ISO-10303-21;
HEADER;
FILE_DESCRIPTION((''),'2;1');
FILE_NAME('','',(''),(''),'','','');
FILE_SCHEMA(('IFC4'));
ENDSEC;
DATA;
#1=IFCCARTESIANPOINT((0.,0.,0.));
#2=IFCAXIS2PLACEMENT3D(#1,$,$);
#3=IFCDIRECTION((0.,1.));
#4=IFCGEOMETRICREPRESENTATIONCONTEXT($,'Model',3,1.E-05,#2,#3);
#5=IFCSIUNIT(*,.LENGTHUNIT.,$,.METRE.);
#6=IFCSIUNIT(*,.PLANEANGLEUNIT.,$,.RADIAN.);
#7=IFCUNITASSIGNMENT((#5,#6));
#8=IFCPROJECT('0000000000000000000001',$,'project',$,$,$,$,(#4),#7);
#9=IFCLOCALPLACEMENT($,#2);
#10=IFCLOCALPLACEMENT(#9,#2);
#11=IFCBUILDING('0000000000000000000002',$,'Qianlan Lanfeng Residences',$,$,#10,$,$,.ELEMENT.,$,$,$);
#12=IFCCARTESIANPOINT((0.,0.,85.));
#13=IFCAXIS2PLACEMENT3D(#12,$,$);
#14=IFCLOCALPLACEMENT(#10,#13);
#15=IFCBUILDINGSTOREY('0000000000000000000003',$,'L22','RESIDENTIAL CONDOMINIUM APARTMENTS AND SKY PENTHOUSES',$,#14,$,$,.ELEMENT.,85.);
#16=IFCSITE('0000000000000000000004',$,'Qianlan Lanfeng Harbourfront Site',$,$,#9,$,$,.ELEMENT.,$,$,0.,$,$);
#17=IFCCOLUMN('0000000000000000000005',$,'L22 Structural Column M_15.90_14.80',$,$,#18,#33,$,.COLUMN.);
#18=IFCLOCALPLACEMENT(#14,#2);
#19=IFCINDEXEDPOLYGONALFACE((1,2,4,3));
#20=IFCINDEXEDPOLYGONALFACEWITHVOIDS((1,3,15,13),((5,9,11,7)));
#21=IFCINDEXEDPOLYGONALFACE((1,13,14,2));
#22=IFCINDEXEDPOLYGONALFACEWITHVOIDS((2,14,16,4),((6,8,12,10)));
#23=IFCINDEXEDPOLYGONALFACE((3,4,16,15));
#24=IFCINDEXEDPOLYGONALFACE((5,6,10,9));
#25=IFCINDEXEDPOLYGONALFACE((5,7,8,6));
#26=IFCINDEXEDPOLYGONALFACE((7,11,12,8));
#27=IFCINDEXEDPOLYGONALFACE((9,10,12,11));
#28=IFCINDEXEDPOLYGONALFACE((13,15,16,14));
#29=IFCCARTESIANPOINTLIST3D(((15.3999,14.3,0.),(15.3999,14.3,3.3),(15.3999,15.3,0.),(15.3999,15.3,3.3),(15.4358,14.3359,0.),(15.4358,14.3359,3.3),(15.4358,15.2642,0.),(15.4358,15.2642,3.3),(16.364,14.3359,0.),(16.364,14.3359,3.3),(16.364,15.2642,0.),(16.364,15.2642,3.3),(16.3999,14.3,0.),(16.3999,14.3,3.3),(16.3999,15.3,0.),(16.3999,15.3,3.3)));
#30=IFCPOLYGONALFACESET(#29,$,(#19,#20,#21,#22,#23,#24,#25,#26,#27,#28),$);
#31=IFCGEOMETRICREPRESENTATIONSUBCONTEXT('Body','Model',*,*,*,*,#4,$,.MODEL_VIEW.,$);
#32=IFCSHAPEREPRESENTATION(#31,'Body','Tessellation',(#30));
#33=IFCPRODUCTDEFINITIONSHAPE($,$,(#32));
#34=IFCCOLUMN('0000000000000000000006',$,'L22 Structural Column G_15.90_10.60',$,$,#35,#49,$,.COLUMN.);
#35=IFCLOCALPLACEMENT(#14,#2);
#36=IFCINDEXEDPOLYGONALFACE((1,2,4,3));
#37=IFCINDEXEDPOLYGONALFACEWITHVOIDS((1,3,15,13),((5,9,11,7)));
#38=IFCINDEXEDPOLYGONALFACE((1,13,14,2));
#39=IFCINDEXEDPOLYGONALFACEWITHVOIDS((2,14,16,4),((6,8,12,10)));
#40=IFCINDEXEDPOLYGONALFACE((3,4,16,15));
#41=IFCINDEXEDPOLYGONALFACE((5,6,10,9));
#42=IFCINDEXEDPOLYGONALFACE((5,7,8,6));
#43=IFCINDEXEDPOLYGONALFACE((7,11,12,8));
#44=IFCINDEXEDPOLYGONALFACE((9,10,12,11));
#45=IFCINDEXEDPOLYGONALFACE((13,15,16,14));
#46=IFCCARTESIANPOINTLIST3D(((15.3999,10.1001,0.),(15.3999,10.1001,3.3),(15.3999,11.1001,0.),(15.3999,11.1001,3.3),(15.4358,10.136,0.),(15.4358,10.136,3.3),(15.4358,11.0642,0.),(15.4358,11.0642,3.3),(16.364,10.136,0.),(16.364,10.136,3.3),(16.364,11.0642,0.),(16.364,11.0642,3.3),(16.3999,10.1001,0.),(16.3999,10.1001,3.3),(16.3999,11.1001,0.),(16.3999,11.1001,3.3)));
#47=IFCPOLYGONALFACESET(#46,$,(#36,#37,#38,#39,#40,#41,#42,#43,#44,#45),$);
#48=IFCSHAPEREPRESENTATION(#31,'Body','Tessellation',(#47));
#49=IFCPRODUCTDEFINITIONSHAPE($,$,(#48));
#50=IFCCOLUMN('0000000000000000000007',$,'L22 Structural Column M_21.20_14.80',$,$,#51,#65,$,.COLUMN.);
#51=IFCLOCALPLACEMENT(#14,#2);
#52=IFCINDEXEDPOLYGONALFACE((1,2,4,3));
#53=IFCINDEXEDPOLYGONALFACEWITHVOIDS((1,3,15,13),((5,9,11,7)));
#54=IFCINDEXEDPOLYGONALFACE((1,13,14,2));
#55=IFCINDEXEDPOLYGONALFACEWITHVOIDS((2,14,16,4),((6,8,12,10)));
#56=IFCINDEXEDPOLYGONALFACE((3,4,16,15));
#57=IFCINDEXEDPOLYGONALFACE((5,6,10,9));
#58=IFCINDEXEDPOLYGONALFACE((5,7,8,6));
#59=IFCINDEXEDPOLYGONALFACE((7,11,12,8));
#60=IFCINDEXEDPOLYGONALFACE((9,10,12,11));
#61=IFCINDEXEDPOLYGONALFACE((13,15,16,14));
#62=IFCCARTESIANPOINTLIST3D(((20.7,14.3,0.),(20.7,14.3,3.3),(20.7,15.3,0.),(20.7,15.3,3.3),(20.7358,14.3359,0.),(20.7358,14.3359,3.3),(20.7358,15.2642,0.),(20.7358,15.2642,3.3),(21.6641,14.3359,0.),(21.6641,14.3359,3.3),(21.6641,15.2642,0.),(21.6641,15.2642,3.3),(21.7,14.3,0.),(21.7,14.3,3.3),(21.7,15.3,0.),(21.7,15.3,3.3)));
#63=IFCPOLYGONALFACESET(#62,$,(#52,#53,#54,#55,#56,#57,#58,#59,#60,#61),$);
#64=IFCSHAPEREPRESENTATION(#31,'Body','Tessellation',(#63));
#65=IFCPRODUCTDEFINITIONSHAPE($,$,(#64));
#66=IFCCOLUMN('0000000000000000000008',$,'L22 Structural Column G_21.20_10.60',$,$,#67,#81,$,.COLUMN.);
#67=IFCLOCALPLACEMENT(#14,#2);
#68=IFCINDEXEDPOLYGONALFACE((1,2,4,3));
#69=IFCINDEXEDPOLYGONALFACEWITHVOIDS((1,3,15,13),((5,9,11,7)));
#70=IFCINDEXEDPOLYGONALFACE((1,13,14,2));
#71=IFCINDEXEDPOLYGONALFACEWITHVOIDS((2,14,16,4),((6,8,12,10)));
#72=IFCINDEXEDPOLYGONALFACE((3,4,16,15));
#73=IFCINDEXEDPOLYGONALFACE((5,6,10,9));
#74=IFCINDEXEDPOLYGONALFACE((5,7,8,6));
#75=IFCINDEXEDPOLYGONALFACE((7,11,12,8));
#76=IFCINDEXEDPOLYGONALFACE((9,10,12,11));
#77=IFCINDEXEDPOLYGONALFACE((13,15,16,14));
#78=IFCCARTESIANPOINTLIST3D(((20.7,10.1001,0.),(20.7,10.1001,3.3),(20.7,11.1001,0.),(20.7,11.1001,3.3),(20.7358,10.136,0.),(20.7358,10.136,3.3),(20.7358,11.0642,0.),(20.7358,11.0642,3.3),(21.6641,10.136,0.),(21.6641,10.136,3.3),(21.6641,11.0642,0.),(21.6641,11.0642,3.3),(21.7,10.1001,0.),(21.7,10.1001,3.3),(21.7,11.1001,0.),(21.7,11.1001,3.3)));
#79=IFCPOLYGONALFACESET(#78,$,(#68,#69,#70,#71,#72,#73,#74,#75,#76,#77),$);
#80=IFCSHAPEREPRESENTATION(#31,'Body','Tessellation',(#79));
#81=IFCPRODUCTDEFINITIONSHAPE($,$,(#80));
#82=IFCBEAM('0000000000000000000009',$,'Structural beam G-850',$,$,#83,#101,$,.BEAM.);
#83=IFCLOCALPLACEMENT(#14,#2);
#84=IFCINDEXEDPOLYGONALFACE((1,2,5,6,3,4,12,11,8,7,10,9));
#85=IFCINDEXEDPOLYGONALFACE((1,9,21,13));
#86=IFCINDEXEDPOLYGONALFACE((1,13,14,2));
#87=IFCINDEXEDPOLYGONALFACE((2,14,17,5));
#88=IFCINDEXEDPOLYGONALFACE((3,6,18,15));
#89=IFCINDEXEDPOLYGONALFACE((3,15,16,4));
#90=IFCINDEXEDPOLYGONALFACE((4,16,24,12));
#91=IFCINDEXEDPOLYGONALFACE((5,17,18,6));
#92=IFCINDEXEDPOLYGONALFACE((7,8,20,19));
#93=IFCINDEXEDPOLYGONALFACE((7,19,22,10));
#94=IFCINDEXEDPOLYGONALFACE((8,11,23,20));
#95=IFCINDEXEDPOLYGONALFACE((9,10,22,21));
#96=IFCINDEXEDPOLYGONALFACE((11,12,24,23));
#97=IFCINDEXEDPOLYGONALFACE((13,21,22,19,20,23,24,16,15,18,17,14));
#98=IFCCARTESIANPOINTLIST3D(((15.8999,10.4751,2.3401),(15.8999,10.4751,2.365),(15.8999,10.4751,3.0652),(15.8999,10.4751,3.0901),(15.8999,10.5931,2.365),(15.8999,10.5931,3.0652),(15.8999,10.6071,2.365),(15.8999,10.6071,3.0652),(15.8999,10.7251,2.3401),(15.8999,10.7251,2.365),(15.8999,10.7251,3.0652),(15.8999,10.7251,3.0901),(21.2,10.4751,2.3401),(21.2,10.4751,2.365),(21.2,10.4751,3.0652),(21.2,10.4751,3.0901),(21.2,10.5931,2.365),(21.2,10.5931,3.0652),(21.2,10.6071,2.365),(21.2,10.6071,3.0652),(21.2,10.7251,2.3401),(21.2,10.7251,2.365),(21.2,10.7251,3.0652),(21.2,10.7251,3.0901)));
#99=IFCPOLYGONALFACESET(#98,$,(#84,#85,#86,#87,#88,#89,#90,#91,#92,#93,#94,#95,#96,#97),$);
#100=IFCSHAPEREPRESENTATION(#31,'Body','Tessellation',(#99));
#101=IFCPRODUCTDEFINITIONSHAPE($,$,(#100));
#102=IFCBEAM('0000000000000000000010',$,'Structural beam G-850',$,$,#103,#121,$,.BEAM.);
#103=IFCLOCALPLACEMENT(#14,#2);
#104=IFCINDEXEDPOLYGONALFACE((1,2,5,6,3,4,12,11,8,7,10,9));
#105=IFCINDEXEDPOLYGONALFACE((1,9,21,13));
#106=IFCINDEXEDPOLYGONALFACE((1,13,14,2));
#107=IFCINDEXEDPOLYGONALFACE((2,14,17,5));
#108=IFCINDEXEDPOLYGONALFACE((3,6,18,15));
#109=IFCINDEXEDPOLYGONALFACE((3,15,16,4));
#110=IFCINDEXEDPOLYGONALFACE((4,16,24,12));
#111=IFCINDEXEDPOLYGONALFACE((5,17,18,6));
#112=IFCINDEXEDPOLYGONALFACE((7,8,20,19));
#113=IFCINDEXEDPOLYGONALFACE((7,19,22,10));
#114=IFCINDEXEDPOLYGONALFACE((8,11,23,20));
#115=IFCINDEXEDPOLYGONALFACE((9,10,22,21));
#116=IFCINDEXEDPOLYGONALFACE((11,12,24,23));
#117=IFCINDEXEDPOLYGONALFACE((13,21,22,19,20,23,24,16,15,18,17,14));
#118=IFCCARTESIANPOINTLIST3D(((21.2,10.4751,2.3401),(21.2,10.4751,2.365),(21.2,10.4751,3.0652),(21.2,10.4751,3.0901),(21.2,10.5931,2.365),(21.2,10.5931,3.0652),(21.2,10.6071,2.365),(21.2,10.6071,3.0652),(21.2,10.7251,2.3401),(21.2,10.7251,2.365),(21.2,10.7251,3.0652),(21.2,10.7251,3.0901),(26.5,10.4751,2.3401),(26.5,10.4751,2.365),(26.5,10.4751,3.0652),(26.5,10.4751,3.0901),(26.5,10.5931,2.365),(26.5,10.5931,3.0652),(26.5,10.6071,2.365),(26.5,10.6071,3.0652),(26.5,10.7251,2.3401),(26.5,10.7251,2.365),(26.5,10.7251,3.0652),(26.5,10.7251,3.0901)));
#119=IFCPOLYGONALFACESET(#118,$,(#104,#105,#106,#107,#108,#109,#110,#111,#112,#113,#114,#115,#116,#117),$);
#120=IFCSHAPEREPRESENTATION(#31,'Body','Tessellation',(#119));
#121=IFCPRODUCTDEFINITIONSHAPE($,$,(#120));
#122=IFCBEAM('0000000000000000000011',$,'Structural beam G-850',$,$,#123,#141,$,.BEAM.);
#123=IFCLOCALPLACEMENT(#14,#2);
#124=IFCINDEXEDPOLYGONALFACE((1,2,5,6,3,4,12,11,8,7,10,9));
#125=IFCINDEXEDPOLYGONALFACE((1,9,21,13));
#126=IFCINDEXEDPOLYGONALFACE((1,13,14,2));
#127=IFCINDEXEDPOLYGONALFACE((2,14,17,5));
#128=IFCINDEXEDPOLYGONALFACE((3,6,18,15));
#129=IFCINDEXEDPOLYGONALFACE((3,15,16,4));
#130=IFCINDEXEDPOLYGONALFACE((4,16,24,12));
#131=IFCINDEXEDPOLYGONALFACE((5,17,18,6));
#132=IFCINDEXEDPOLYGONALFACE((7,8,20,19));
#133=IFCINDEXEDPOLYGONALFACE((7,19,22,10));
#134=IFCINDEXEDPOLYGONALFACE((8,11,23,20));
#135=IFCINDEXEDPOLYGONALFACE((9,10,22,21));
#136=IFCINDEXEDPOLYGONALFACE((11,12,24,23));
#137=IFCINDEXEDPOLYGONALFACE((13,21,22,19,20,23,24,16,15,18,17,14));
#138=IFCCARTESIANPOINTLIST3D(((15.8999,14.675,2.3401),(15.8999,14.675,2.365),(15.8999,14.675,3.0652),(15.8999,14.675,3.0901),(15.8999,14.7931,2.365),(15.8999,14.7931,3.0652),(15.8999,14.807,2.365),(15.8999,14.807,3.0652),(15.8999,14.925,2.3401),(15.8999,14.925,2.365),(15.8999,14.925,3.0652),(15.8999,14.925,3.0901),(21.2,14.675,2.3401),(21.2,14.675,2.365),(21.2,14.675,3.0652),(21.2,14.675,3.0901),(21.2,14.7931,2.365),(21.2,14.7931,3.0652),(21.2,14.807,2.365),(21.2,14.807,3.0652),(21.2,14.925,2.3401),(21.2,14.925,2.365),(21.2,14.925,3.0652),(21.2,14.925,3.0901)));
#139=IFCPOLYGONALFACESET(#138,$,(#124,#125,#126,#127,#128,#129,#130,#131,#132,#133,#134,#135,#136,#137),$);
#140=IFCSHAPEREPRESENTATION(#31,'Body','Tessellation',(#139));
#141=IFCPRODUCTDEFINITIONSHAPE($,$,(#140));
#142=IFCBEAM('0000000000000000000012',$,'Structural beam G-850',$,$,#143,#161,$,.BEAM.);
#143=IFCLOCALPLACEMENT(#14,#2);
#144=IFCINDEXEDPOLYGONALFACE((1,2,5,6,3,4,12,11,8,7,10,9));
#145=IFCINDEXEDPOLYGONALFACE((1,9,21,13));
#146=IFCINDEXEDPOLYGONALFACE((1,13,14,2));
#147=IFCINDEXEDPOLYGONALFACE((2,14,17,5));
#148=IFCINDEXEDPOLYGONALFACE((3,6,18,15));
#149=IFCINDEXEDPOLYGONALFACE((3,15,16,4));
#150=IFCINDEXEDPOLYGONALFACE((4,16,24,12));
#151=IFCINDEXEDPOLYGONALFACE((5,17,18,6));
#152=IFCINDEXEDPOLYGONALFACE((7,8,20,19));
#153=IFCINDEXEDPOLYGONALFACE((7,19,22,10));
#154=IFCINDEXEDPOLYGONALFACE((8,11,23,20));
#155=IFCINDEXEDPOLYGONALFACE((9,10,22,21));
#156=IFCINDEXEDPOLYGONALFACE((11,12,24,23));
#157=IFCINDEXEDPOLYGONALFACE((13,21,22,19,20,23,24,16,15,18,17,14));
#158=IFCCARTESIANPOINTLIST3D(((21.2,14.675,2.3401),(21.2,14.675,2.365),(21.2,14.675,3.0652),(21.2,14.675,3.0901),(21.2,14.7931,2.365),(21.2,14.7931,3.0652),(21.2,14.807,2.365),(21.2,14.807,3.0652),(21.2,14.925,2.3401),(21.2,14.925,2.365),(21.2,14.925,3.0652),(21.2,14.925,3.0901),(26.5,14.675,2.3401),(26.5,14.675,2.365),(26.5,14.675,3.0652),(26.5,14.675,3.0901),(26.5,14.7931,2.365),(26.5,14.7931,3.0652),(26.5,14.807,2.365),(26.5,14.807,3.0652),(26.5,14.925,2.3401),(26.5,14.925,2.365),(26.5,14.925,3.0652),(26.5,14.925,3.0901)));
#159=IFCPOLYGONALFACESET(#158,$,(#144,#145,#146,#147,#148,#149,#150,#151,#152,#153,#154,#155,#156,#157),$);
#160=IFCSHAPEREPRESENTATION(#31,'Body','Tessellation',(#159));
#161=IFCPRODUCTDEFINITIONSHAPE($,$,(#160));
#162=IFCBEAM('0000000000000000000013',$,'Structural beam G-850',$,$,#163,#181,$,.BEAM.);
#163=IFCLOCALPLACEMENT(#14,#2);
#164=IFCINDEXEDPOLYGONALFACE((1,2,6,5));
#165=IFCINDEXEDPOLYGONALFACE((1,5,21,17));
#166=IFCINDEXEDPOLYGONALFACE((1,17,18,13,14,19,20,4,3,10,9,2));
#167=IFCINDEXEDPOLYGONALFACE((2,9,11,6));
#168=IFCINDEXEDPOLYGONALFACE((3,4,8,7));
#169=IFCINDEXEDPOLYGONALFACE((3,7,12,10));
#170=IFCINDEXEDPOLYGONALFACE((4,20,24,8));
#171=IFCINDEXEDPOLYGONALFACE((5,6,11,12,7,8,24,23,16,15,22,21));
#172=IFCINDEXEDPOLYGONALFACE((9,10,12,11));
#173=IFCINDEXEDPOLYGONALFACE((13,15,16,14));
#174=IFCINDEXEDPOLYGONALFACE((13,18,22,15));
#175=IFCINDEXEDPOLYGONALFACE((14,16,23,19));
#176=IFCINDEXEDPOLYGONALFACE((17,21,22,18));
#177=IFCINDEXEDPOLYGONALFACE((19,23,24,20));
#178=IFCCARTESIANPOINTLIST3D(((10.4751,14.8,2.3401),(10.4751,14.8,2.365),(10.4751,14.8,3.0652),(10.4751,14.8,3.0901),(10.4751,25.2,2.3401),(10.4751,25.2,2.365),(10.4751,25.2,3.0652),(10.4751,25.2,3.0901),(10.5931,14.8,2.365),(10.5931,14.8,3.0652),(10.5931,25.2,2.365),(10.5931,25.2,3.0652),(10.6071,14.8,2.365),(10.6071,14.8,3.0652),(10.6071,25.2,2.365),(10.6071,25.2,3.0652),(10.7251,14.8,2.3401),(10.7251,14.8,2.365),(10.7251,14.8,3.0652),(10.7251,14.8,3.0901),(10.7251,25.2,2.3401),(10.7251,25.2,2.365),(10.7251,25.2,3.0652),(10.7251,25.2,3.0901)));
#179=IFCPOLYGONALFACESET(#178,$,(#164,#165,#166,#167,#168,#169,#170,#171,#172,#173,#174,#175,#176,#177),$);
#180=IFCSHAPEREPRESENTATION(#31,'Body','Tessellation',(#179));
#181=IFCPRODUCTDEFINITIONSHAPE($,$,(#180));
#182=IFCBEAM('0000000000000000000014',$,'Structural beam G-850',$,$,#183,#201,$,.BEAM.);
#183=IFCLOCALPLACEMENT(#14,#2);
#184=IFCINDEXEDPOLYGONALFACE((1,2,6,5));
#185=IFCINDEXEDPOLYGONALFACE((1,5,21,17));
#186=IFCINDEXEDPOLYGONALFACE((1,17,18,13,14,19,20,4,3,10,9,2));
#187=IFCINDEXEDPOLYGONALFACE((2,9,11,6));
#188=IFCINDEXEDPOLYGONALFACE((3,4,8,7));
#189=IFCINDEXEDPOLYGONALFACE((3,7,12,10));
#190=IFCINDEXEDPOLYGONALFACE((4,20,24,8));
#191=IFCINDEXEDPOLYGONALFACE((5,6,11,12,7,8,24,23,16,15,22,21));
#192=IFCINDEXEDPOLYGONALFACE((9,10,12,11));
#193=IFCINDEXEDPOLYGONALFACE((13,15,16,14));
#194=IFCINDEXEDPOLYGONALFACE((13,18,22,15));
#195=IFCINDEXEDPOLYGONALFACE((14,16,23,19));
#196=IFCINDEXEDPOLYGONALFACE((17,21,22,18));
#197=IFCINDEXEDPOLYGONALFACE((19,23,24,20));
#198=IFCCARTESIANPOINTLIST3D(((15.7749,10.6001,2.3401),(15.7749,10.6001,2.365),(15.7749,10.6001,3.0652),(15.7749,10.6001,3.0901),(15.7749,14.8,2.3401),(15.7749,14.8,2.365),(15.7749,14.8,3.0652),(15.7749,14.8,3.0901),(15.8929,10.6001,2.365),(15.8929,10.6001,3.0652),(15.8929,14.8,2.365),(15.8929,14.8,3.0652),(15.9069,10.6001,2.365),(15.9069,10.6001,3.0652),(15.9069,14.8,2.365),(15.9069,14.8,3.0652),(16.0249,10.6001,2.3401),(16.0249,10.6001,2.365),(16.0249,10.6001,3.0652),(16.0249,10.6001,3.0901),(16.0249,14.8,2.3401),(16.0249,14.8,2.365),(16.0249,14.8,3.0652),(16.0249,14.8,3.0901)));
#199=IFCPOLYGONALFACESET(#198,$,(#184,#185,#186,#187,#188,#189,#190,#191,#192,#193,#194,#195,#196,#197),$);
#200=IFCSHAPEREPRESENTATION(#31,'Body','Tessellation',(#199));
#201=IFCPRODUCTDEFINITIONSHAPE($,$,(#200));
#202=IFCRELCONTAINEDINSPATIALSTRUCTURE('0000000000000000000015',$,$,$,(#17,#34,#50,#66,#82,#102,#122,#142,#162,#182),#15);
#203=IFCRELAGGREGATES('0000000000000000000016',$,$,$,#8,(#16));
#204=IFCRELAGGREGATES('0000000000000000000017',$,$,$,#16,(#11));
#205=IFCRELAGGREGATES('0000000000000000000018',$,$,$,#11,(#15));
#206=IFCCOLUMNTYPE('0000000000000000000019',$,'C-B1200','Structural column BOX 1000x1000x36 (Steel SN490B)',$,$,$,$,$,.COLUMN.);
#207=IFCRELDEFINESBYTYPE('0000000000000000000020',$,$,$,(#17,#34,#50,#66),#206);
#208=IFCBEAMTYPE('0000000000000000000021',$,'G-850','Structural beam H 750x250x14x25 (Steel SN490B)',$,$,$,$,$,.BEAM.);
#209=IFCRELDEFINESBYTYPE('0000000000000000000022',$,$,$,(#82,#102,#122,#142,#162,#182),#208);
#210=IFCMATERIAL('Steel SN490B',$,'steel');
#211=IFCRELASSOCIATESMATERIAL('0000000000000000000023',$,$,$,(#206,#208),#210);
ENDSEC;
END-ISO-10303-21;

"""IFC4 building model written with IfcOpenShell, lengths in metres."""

from ifc_helpers import new_model, si_unit, direction, frame, origin, origin_2d, place, context, subcontext, project, spatial, hollow_rectangle, i_section, extrude, material, material_profile, profile_set, type_object, element, save


model = new_model("IFC4")

# Units and contexts
model_context = context("Model", 3, precision=1e-05, world=origin(), true_north=direction((0.0, 1.0)))
body_context = subcontext(model_context, "Body", "Model", "MODEL_VIEW")
ifc_project = project(units=[si_unit("LENGTHUNIT", "METRE"), si_unit("PLANEANGLEUNIT", "RADIAN")], contexts=[model_context])

# Site, building, storey
site_placement = place(None, origin())
site = spatial("IfcSite", under=ifc_project, at=site_placement, Name="Qianlan Lanfeng Harbourfront Site", CompositionType="ELEMENT", RefElevation=0.0)
building_placement = place(site_placement, origin())
building = spatial("IfcBuilding", under=site, at=building_placement, Name="Qianlan Lanfeng Residences", CompositionType="ELEMENT")
storey_placement = place(building_placement, frame((0.0, 0.0, 85.0)))
storey = spatial("IfcBuildingStorey", under=building, at=storey_placement, Name="L22", Description="RESIDENTIAL CONDOMINIUM APARTMENTS AND SKY PENTHOUSES", CompositionType="ELEMENT", Elevation=85.0)

# Columns
ifc_material_1 = material(Name="Steel SN490B", Category="steel")
ifc_material_profile_1 = material_profile(ifc_material_1, hollow_rectangle(XDim=1.0, YDim=1.0, WallThickness=0.0359, at=origin_2d()), Name="BOX 1000x1000x36")
ifc_profile_set_1 = profile_set([ifc_material_profile_1], Name="Steel SN490B")
column_type = type_object("IfcColumnType", Name="C-B1200", Description="Structural column BOX 1000x1000x36 (Steel SN490B)", PredefinedType="COLUMN", material=ifc_profile_set_1)
for number, where, z_axis, x_axis, name in (
    (1, (15.8999, 14.8, 0.0), (0.0, 0.0, 1.0), (1.0, 0.0, 0.0), "L22 Structural Column M_15.90_14.80"),
    (2, (15.8999, 10.6001, 0.0), (0.0, 0.0, 1.0), (1.0, 0.0, 0.0), "L22 Structural Column G_15.90_10.60"),
    (3, (21.2, 14.8, 0.0), (0.0, 0.0, 1.0), (1.0, 0.0, 0.0), "L22 Structural Column M_21.20_14.80"),
    (4, (21.2, 10.6001, 0.0), (0.0, 0.0, 1.0), (1.0, 0.0, 0.0), "L22 Structural Column G_21.20_10.60"),
):
    element("IfcColumn", number, at=place(storey_placement, frame(where, z_axis=z_axis, x_axis=x_axis)), inside=storey, type_object=column_type, Name=name, PredefinedType="COLUMN", context=body_context, shape_type="SweptSolid", body=[
        extrude(hollow_rectangle(XDim=1.0, YDim=1.0, WallThickness=0.0359, at=origin_2d()), origin(), (0.0, 0.0, 1.0), 3.3),
    ])

# Beams
ifc_material_profile_2 = material_profile(ifc_material_1, i_section(OverallWidth=0.25, OverallDepth=0.75, WebThickness=0.0139, FlangeThickness=0.0249, at=origin_2d()), Name="H 750x250x14x25")
ifc_profile_set_2 = profile_set([ifc_material_profile_2], Name="Steel SN490B")
beam_type_1 = type_object("IfcBeamType", Name="G-850", Description="Structural beam H 750x250x14x25 (Steel SN490B)", PredefinedType="BEAM", material=ifc_profile_set_2)
for number, where, z_axis, x_axis, name in (
    (5, (15.8999, 10.6001, 2.7151), (1.0, 0.0, 0.0), (0.0, 1.0, 0.0), "Structural beam G-850"),
    (6, (21.2, 10.6001, 2.7151), (1.0, 0.0, 0.0), (0.0, 1.0, 0.0), "Structural beam G-850"),
    (7, (15.8999, 14.8, 2.7151), (1.0, 0.0, 0.0), (0.0, 1.0, 0.0), "Structural beam G-850"),
    (8, (21.2, 14.8, 2.7151), (1.0, 0.0, 0.0), (0.0, 1.0, 0.0), "Structural beam G-850"),
):
    element("IfcBeam", number, at=place(storey_placement, frame(where, z_axis=z_axis, x_axis=x_axis)), inside=storey, type_object=beam_type_1, Name=name, PredefinedType="BEAM", context=body_context, shape_type="SweptSolid", body=[
        extrude(i_section(OverallWidth=0.25, OverallDepth=0.75, WebThickness=0.0139, FlangeThickness=0.0249, at=origin_2d()), origin(), (0.0, 0.0, 1.0), 5.3),
    ])
beam_1_placement = place(storey_placement, frame((10.6001, 14.8, 2.7151), z_axis=(0.0, 1.0, 0.0), x_axis=(-1.0, 0.0, 0.0)))
element("IfcBeam", 9, at=beam_1_placement, inside=storey, type_object=beam_type_1, Name="Structural beam G-850", PredefinedType="BEAM", context=body_context, shape_type="SweptSolid", body=[
    extrude(i_section(OverallWidth=0.25, OverallDepth=0.75, WebThickness=0.0139, FlangeThickness=0.0249, at=origin_2d()), origin(), (0.0, 0.0, 1.0), 10.3999),
])
beam_2_placement = place(storey_placement, frame((15.8999, 10.6001, 2.7151), z_axis=(0.0, 1.0, 0.0), x_axis=(-1.0, 0.0, 0.0)))
element("IfcBeam", 10, at=beam_2_placement, inside=storey, type_object=beam_type_1, Name="Structural beam G-850", PredefinedType="BEAM", context=body_context, shape_type="SweptSolid", body=[
    extrude(i_section(OverallWidth=0.25, OverallDepth=0.75, WebThickness=0.0139, FlangeThickness=0.0249, at=origin_2d()), origin(), (0.0, 0.0, 1.0), 4.2),
])

save(model, "model.ifc")
